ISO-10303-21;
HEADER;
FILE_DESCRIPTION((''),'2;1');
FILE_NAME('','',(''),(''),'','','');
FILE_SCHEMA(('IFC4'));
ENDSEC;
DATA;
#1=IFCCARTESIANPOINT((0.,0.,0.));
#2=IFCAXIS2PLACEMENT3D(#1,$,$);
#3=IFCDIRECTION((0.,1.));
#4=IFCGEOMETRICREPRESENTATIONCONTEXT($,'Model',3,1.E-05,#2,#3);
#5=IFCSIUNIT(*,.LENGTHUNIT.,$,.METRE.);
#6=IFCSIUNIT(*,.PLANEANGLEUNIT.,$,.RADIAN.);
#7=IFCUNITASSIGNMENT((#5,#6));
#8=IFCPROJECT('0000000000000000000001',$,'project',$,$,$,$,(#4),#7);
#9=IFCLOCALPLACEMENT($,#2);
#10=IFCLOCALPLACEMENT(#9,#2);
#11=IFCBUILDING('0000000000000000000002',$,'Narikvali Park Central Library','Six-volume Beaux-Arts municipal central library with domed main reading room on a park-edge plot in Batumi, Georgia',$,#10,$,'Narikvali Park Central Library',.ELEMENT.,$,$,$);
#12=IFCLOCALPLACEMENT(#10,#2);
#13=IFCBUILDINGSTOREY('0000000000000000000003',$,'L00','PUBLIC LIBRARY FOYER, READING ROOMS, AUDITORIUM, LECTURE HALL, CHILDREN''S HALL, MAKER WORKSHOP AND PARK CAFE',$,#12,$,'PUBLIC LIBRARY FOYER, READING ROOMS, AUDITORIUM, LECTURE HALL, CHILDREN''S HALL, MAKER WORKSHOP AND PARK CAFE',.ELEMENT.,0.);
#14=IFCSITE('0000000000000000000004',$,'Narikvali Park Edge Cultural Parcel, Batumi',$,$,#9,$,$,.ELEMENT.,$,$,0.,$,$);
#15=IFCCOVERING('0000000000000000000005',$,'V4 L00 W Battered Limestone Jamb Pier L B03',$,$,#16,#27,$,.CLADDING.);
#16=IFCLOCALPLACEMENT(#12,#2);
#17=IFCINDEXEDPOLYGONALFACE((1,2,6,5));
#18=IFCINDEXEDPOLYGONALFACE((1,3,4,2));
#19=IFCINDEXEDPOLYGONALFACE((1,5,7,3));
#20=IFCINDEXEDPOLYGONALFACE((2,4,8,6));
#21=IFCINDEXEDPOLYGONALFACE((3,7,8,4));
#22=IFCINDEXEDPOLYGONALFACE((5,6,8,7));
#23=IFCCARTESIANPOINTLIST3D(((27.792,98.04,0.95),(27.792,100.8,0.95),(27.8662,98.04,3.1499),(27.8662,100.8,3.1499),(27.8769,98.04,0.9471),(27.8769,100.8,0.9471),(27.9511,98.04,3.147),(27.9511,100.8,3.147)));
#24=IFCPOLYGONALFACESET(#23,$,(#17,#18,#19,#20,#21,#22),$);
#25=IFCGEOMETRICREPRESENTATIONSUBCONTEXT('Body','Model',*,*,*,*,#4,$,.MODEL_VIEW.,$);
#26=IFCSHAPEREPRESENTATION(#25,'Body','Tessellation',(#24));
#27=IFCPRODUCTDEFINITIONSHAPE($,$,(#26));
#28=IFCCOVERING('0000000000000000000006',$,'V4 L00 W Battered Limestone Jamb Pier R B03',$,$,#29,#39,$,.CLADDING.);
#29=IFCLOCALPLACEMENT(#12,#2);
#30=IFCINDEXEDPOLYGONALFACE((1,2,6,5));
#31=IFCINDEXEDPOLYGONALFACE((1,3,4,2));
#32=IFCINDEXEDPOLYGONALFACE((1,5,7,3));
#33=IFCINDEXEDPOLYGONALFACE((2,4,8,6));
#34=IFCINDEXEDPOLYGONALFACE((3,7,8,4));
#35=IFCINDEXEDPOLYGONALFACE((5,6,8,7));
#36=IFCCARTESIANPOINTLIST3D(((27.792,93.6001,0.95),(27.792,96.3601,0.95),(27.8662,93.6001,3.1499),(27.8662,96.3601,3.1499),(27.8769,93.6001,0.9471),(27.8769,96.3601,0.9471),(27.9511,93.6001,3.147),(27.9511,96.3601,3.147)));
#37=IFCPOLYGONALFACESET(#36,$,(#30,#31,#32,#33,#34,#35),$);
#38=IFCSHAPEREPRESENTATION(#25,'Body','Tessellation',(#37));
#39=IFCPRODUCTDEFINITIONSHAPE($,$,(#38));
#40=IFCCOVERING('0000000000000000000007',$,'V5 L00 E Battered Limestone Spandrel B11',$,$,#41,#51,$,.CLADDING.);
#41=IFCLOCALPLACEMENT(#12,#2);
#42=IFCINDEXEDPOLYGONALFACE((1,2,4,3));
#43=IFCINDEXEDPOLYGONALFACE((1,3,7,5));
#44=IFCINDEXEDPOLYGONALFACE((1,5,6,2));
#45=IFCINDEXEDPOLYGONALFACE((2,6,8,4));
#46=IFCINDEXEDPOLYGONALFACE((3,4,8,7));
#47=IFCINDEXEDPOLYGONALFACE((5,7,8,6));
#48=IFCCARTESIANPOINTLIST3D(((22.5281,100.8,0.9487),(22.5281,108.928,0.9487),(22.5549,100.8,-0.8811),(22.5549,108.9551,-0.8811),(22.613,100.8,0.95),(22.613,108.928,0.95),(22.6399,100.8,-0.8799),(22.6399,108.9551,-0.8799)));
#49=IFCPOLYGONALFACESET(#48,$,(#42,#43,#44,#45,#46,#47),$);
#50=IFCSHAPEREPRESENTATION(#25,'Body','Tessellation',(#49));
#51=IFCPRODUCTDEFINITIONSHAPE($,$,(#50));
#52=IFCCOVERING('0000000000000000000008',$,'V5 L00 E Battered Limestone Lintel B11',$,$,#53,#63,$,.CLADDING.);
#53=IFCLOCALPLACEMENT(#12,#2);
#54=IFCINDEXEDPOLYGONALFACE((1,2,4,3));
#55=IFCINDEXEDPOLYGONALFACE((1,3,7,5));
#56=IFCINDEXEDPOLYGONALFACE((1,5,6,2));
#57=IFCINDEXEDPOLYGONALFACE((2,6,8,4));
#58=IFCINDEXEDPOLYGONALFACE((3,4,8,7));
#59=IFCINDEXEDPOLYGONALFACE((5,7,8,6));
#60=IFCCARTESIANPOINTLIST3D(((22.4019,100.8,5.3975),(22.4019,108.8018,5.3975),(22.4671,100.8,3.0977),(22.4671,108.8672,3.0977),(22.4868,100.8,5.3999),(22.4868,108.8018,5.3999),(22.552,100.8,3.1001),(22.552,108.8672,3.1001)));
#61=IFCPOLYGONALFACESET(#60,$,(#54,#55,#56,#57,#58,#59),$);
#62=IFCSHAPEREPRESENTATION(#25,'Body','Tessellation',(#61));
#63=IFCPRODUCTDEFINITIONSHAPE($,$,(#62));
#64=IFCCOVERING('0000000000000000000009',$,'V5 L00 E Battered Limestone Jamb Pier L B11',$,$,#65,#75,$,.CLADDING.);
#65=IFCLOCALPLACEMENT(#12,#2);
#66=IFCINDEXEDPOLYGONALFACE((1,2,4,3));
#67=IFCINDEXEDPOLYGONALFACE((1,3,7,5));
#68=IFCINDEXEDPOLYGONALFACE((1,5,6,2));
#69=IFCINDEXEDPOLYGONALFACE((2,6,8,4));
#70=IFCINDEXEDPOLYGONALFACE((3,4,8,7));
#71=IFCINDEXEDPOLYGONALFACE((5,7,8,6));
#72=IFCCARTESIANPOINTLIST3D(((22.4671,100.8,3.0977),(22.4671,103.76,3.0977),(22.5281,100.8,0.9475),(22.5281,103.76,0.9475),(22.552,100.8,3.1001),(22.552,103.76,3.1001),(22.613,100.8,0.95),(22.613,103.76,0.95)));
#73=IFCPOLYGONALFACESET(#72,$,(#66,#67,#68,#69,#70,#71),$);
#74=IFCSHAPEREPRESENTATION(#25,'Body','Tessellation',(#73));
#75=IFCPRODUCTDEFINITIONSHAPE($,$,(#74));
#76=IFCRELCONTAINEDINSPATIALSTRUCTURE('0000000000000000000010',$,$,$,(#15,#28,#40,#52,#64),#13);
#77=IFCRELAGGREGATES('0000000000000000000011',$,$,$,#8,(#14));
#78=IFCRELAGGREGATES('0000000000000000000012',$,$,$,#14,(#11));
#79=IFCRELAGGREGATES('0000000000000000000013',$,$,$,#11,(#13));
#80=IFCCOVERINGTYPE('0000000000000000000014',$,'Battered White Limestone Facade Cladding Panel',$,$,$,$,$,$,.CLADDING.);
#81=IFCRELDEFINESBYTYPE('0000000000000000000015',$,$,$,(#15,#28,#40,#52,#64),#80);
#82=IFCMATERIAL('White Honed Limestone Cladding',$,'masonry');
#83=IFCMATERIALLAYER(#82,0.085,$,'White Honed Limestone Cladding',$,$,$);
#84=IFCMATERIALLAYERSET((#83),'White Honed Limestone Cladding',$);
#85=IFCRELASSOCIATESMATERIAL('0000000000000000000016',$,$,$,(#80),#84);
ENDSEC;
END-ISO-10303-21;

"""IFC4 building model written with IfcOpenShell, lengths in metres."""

from ifc_helpers import new_model, si_unit, direction, frame, origin, place, context, subcontext, project, spatial, polyline, outline, extrude, material, layer, layer_set, type_object, element, save


model = new_model("IFC4")

# Units and contexts
model_context = context("Model", 3, precision=1e-05, world=origin(), true_north=direction((0.0, 1.0)))
body_context = subcontext(model_context, "Body", "Model", "MODEL_VIEW")
ifc_project = project(units=[si_unit("LENGTHUNIT", "METRE"), si_unit("PLANEANGLEUNIT", "RADIAN")], contexts=[model_context])

# Site, building, storey
site_placement = place(None, origin())
site = spatial("IfcSite", under=ifc_project, at=site_placement, Name="Narikvali Park Edge Cultural Parcel, Batumi", CompositionType="ELEMENT", RefElevation=0.0)
building_placement = place(site_placement, origin())
building = spatial("IfcBuilding", under=site, at=building_placement, Name="Narikvali Park Central Library", Description="Six-volume Beaux-Arts municipal central library with domed main reading room on a park-edge plot in Batumi, Georgia", LongName="Narikvali Park Central Library", CompositionType="ELEMENT")
storey_placement = place(building_placement, origin())
storey = spatial("IfcBuildingStorey", under=building, at=storey_placement, Name="L00", Description="PUBLIC LIBRARY FOYER, READING ROOMS, AUDITORIUM, LECTURE HALL, CHILDREN'S HALL, MAKER WORKSHOP AND PARK CAFE", LongName="PUBLIC LIBRARY FOYER, READING ROOMS, AUDITORIUM, LECTURE HALL, CHILDREN'S HALL, MAKER WORKSHOP AND PARK CAFE", CompositionType="ELEMENT", Elevation=0.0)

# Coverings
ifc_material_1 = material(Name="White Honed Limestone Cladding", Category="masonry")
ifc_layer_1 = layer(ifc_material_1, 0.085, Name="White Honed Limestone Cladding")
ifc_layer_set_1 = layer_set([ifc_layer_1], Name="White Honed Limestone Cladding")
covering_type = type_object("IfcCoveringType", Name="Battered White Limestone Facade Cladding Panel", PredefinedType="CLADDING", material=ifc_layer_set_1)
for number, where, z_axis, x_axis, name in (
    (1, (27.792, 100.8, 0.95), (-0.999431, 0.0, 0.033717), (0.0, -1.0, 0.0), "V4 L00 W Battered Limestone Jamb Pier L B03"),
    (2, (27.792, 96.3601, 0.95), (-0.999431, 0.0, 0.033717), (0.0, -1.0, 0.0), "V4 L00 W Battered Limestone Jamb Pier R B03"),
):
    element("IfcCovering", number, at=place(storey_placement, frame(where, z_axis=z_axis, x_axis=x_axis)), inside=storey, type_object=covering_type, Name=name, PredefinedType="CLADDING", context=body_context, shape_type="SweptSolid", body=[
        extrude(outline(polyline([(0.0, 0.0), (2.76, 0.0), (2.76, 2.2012), (0.0, 2.2012), (0.0, 0.0)])), origin(), (0.0, 0.0, -1.0), 0.085),
    ])
covering_1_placement = place(storey_placement, frame((22.6399, 100.8, -0.8799), z_axis=(0.999892, 0.0, 0.014675), x_axis=(0.0, 1.0, 0.0)))
element("IfcCovering", 3, at=covering_1_placement, inside=storey, type_object=covering_type, Name="V5 L00 E Battered Limestone Spandrel B11", PredefinedType="CLADDING", context=body_context, shape_type="SweptSolid", body=[
    extrude(outline(polyline([(0.0, 0.0), (8.155, 0.0), (8.1279, 1.83), (0.0, 1.83), (0.0, 0.0)])), origin(), (0.0, 0.0, -1.0), 0.085),
])
covering_2_placement = place(storey_placement, frame((22.552, 100.8, 3.1001), z_axis=(0.999599, 0.0, 0.028333), x_axis=(0.0, 1.0, 0.0)))
element("IfcCovering", 4, at=covering_2_placement, inside=storey, type_object=covering_type, Name="V5 L00 E Battered Limestone Lintel B11", PredefinedType="CLADDING", context=body_context, shape_type="SweptSolid", body=[
    extrude(outline(polyline([(0.0, 0.0), (8.0671, 0.0), (8.0017, 2.3007), (0.0, 2.3007), (0.0, 0.0)])), origin(), (0.0, 0.0, -1.0), 0.085),
])
covering_3_placement = place(storey_placement, frame((22.613, 100.8, 0.95), z_axis=(0.999597, 0.0, 0.028375), x_axis=(0.0, 1.0, 0.0)))
element("IfcCovering", 5, at=covering_3_placement, inside=storey, type_object=covering_type, Name="V5 L00 E Battered Limestone Jamb Pier L B11", PredefinedType="CLADDING", context=body_context, shape_type="SweptSolid", body=[
    extrude(outline(polyline([(0.0, 0.0), (2.96, 0.0), (2.96, 2.151), (0.0, 2.151), (0.0, 0.0)])), origin(), (0.0, 0.0, -1.0), 0.085),
])

save(model, "model.ifc")
